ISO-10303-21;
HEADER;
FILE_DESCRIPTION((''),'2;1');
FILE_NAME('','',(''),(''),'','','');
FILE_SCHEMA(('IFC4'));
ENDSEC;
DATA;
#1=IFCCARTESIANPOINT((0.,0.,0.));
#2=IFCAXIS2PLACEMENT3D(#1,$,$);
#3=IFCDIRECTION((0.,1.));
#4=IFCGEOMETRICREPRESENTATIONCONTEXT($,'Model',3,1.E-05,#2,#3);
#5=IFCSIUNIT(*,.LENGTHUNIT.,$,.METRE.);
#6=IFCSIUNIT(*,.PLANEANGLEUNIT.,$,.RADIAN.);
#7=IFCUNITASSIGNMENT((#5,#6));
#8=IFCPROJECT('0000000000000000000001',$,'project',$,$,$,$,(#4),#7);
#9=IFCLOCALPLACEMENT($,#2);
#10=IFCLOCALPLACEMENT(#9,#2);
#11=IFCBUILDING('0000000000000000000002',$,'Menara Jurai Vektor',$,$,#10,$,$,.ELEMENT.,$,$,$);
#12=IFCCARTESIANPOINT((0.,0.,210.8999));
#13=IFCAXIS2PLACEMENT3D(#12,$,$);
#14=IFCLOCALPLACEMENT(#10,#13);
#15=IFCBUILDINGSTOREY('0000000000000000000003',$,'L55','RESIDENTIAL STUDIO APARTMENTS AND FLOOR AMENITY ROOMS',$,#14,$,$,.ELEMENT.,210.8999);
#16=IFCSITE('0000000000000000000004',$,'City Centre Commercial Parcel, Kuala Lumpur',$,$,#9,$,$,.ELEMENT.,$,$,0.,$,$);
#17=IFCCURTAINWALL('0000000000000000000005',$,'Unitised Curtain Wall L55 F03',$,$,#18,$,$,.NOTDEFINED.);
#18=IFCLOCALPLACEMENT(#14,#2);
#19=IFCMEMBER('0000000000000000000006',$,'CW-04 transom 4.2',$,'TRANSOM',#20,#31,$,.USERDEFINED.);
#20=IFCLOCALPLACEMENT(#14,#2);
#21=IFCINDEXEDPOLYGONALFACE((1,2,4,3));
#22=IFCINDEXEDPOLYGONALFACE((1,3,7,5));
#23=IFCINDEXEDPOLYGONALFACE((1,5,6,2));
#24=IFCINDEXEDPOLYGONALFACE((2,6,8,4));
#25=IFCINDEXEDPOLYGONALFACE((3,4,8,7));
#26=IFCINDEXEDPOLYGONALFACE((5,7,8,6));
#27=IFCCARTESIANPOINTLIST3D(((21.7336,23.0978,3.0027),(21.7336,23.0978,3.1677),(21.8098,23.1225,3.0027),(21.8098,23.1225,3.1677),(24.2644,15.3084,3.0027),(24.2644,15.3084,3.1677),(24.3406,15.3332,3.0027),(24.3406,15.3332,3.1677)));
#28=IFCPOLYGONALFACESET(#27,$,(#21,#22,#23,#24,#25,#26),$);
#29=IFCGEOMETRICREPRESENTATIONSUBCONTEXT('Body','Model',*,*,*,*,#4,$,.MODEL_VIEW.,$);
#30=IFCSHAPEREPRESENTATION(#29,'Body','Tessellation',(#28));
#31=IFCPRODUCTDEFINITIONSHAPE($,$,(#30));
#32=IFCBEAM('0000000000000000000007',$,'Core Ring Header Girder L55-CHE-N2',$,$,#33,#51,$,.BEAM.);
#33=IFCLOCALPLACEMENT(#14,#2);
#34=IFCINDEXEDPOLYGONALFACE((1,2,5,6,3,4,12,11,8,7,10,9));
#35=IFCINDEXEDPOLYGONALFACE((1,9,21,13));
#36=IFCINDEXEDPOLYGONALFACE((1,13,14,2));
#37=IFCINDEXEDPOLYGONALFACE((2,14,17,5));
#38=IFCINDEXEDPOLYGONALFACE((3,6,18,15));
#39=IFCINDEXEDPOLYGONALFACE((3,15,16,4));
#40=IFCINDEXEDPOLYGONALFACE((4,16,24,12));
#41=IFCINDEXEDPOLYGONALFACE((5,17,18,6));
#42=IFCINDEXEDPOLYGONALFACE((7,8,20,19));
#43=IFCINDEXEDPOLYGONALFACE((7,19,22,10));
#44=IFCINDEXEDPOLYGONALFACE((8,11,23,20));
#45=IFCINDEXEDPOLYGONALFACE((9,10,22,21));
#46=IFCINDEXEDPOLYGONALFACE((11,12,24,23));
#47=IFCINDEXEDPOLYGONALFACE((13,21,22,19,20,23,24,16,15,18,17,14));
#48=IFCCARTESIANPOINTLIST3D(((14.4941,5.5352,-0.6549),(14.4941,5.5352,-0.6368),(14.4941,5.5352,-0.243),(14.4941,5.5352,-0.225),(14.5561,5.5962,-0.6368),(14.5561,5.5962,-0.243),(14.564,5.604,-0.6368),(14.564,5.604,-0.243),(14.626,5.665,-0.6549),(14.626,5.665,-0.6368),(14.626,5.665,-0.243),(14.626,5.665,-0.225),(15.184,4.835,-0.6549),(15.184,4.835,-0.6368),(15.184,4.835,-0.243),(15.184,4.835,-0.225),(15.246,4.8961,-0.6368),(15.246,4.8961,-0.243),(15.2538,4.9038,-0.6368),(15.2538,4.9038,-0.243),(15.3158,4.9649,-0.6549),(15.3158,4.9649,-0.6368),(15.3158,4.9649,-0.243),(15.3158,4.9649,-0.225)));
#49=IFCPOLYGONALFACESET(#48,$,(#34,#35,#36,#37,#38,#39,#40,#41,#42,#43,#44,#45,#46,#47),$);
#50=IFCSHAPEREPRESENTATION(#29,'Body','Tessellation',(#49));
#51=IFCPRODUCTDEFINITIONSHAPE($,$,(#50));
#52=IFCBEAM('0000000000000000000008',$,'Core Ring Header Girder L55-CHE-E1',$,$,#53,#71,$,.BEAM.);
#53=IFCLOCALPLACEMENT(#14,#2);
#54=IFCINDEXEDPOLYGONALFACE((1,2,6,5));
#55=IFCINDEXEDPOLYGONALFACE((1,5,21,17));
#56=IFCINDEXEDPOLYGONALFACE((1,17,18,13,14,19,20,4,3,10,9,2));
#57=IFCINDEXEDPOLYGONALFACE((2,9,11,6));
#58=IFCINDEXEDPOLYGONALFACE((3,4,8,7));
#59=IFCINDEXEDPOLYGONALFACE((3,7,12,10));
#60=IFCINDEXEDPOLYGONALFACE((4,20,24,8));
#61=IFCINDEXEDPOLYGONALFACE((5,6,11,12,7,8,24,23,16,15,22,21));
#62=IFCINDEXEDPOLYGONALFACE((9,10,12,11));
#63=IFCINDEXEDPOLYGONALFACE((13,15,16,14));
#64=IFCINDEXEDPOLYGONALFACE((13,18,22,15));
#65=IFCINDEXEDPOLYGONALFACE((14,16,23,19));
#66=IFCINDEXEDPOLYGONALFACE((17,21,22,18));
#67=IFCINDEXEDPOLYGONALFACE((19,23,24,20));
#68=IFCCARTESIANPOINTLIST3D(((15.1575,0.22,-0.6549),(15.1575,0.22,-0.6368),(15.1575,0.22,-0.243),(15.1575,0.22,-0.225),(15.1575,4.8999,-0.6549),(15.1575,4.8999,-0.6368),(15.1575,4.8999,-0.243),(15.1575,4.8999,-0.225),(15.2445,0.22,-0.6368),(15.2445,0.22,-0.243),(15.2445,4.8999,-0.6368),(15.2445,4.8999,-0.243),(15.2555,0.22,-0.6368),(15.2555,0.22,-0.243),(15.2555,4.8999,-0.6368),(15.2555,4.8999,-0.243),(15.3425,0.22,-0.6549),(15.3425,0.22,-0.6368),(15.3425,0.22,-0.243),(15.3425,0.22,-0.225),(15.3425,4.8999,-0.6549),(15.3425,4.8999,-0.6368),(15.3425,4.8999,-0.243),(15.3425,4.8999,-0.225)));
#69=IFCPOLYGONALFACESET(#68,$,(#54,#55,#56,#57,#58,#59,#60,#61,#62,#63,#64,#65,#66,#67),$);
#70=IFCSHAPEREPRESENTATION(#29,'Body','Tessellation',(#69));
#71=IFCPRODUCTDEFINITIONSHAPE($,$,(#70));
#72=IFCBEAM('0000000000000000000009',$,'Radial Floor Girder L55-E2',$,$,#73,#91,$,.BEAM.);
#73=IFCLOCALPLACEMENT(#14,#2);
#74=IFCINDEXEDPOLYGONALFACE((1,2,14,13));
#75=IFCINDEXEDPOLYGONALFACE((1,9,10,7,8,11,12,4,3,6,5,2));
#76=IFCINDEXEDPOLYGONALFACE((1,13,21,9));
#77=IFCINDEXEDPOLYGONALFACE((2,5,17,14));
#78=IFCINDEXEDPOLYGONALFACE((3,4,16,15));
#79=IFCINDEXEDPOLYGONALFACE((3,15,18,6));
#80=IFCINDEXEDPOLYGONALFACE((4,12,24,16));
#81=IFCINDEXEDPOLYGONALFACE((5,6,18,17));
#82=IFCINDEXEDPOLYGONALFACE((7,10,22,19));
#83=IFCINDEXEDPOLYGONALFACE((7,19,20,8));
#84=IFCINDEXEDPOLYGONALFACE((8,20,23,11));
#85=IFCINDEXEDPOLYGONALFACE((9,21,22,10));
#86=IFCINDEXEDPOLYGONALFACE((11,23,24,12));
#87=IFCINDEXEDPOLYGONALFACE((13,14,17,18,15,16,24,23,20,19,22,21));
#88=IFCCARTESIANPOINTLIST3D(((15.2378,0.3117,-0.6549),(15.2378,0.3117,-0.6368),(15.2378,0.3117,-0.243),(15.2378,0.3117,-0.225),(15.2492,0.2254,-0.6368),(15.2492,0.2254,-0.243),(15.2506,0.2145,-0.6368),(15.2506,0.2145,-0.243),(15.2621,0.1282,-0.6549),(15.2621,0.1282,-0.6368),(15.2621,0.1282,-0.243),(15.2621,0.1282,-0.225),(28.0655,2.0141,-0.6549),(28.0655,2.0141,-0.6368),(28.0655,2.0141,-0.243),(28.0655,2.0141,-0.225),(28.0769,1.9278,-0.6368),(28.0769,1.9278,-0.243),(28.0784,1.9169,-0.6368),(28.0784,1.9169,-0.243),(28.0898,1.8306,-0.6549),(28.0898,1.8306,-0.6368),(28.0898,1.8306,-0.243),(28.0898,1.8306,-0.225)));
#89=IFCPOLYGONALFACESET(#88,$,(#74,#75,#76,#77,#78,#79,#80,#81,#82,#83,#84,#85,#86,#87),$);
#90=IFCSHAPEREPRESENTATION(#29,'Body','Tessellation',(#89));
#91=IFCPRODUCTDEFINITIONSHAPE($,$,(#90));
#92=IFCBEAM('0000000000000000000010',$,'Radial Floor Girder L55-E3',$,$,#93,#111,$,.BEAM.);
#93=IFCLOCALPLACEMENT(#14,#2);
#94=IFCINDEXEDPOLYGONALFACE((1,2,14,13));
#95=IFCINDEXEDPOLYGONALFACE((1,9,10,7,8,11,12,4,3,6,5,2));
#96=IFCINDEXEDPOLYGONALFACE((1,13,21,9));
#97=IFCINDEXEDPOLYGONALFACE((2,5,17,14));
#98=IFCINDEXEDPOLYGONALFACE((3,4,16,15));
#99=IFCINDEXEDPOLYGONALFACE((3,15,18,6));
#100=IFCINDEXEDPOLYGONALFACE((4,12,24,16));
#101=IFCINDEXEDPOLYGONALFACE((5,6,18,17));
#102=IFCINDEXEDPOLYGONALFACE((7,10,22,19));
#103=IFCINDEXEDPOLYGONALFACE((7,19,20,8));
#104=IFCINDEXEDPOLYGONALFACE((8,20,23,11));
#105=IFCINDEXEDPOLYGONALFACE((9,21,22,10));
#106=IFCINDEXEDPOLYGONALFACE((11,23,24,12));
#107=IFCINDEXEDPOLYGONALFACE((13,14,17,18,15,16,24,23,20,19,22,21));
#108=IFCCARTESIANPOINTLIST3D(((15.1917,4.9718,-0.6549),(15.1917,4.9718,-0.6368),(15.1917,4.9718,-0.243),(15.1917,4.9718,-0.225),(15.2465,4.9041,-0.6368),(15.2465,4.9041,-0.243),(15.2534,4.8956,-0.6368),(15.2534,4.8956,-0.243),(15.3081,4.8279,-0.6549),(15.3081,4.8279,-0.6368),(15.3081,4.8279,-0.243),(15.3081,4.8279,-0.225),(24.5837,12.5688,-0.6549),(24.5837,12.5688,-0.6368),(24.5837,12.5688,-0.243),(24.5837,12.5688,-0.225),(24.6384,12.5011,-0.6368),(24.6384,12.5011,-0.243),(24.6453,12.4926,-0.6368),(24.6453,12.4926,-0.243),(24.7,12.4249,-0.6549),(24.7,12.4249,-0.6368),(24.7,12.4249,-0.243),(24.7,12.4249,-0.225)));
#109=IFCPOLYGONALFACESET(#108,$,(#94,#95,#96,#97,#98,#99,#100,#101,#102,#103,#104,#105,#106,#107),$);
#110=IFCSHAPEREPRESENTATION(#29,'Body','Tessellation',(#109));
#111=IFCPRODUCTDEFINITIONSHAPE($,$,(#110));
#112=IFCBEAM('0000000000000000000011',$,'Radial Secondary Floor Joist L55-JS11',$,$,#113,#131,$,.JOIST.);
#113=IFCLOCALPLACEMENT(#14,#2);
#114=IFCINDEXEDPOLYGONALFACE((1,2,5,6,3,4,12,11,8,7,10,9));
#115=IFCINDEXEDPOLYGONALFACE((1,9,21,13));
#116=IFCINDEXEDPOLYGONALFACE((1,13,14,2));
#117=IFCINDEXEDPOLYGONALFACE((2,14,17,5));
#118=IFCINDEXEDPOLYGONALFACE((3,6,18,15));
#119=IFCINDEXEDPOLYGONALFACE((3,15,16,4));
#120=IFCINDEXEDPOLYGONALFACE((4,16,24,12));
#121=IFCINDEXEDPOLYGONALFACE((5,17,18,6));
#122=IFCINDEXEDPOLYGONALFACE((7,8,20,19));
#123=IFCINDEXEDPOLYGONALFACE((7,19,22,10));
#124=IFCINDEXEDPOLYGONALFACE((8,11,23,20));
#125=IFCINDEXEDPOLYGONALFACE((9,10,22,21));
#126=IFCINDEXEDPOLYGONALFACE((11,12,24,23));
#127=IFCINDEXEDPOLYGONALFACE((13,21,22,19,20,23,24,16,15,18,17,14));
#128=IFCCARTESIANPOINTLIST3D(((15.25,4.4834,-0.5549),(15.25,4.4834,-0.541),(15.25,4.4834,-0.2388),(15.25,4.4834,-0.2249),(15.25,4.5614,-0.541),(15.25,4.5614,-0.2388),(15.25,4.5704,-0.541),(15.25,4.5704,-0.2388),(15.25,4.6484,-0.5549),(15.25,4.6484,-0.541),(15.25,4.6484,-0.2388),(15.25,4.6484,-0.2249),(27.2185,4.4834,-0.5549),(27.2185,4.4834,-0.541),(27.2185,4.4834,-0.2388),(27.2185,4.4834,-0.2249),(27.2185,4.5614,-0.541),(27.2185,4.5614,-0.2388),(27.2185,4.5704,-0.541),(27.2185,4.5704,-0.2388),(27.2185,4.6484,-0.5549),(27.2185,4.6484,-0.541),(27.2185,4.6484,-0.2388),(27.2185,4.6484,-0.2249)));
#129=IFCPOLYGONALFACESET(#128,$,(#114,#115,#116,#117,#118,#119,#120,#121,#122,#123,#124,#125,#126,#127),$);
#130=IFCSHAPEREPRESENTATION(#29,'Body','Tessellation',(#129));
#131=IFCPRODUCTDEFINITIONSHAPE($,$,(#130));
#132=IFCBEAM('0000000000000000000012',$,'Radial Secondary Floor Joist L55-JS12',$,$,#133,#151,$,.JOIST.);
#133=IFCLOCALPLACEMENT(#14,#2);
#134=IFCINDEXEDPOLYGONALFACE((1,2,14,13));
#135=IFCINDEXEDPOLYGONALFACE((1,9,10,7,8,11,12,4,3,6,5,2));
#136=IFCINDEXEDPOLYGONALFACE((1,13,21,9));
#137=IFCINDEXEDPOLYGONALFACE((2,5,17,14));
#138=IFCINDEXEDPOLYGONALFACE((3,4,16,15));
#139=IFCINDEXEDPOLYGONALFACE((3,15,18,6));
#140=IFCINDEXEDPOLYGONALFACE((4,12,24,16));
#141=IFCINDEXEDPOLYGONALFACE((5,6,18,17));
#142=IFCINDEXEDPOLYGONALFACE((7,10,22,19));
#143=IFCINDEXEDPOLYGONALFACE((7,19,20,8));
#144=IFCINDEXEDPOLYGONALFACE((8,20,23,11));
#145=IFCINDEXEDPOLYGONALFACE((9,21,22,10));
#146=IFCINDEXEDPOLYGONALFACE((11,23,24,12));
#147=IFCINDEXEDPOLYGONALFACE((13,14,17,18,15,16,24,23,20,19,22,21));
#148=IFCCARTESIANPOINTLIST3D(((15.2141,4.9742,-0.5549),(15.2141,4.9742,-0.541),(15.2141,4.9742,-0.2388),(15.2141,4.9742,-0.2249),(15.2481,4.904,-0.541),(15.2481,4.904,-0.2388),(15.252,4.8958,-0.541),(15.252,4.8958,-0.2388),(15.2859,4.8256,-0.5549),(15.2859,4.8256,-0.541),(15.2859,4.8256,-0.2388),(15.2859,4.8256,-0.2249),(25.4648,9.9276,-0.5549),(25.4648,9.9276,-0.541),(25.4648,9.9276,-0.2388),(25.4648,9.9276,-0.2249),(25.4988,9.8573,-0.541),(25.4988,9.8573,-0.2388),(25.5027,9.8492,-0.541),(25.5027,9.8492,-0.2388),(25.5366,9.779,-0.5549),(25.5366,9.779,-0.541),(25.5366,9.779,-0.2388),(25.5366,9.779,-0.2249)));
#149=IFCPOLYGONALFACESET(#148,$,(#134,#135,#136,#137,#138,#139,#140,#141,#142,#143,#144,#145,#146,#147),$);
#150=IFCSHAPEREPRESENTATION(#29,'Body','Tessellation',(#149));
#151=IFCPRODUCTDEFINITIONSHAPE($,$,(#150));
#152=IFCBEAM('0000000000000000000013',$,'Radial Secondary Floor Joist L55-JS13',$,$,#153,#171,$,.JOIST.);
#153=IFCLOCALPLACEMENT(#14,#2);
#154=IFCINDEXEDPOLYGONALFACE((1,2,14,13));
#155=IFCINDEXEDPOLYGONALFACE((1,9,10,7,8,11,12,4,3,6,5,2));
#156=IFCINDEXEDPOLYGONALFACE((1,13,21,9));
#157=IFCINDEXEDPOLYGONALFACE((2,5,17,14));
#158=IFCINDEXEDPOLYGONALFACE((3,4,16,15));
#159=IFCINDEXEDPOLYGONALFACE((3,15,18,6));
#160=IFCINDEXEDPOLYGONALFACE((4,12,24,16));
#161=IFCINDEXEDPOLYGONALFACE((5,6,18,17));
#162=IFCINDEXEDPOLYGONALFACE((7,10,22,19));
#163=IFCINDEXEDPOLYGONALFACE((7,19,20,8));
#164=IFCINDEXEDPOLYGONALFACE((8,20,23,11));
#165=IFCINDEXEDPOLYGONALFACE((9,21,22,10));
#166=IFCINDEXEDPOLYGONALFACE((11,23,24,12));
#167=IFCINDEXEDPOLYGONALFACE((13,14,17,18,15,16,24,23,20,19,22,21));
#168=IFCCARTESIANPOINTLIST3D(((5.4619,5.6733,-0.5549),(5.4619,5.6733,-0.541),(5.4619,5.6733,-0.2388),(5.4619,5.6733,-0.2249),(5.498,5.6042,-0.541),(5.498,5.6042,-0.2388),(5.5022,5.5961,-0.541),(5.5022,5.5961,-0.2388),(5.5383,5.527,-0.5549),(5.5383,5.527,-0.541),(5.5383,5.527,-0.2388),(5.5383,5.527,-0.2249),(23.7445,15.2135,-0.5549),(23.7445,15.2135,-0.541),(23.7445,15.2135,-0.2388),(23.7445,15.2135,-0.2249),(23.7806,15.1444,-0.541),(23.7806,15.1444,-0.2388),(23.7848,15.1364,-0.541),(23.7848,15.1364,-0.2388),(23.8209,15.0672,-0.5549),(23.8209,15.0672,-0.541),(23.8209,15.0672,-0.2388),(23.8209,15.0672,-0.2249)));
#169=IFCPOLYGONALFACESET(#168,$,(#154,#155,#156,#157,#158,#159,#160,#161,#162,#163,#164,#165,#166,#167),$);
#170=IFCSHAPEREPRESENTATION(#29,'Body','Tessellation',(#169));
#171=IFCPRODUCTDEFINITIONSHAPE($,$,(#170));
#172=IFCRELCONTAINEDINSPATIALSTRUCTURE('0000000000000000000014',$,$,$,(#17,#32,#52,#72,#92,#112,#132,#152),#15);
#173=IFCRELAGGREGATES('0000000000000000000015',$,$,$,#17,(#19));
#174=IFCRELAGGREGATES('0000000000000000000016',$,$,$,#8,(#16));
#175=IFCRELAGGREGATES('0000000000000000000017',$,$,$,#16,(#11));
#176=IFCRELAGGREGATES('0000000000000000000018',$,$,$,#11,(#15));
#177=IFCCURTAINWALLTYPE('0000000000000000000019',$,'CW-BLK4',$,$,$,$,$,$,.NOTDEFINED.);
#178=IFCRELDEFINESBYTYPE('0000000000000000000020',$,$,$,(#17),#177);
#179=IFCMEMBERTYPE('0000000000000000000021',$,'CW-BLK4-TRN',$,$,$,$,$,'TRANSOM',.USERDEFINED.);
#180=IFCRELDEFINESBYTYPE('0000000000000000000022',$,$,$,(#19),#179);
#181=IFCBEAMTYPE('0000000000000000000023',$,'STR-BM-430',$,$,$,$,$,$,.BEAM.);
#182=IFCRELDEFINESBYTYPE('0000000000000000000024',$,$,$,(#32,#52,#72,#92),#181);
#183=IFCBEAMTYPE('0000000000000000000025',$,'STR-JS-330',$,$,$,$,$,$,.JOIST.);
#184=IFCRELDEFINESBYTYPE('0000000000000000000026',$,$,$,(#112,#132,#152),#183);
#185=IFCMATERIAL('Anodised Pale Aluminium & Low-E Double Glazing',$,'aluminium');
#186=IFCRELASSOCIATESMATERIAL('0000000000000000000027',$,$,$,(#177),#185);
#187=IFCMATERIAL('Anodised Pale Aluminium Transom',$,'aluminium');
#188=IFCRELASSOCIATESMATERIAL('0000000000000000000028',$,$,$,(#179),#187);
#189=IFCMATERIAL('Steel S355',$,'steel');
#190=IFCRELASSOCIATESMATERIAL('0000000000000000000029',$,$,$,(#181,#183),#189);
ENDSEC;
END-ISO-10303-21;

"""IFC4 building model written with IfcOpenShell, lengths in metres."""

from ifc_helpers import new_model, si_unit, direction, frame, origin, origin_2d, place, context, subcontext, project, spatial, rectangle, i_section, extrude, material, material_profile, profile_set, type_object, element, aggregate, save


model = new_model("IFC4")

# Units and contexts
model_context = context("Model", 3, precision=1e-05, world=origin(), true_north=direction((0.0, 1.0)))
body_context = subcontext(model_context, "Body", "Model", "MODEL_VIEW")
ifc_project = project(units=[si_unit("LENGTHUNIT", "METRE"), si_unit("PLANEANGLEUNIT", "RADIAN")], contexts=[model_context])

# Site, building, storey
site_placement = place(None, origin())
site = spatial("IfcSite", under=ifc_project, at=site_placement, Name="City Centre Commercial Parcel, Kuala Lumpur", CompositionType="ELEMENT", RefElevation=0.0)
building_placement = place(site_placement, origin())
building = spatial("IfcBuilding", under=site, at=building_placement, Name="Menara Jurai Vektor", CompositionType="ELEMENT")
storey_placement = place(building_placement, frame((0.0, 0.0, 210.8999)))
storey = spatial("IfcBuildingStorey", under=building, at=storey_placement, Name="L55", Description="RESIDENTIAL STUDIO APARTMENTS AND FLOOR AMENITY ROOMS", CompositionType="ELEMENT", Elevation=210.8999)

# Curtain wall, member
ifc_material_1 = material(Name="Anodised Pale Aluminium & Low-E Double Glazing", Category="aluminium")
curtain_wall_type = type_object("IfcCurtainWallType", Name="CW-BLK4", PredefinedType="NOTDEFINED", material=ifc_material_1)
curtain_wall_placement = place(storey_placement, origin())
curtain_wall = element("IfcCurtainWall", 1, at=curtain_wall_placement, inside=storey, type_object=curtain_wall_type, Name="Unitised Curtain Wall L55 F03", PredefinedType="NOTDEFINED")
ifc_material_2 = material(Name="Anodised Pale Aluminium Transom", Category="aluminium")
ifc_material_profile_1 = material_profile(ifc_material_2, rectangle(XDim=0.0801, YDim=0.165, at=origin_2d()), Name="ALU TRN 80x165")
ifc_profile_set_1 = profile_set([ifc_material_profile_1], Name="Anodised Pale Aluminium Transom")
member_type_1 = type_object("IfcMemberType", Name="CW-BLK4-TRN", ElementType="TRANSOM", PredefinedType="USERDEFINED", material=ifc_profile_set_1)
member_1_placement = place(storey_placement, frame((24.3025, 15.3208, 3.0852), z_axis=(-0.309002, 0.951061, 0.0), x_axis=(-0.951061, -0.309002, 0.0)))
member_1 = element("IfcMember", 2, at=member_1_placement, type_object=member_type_1, Name="CW-04 transom 4.2", ObjectType="TRANSOM", PredefinedType="USERDEFINED", context=body_context, shape_type="SweptSolid", body=[
    extrude(rectangle(XDim=0.0801, YDim=0.165, at=origin_2d()), origin(), (0.0, 0.0, 1.0), 8.1902),
])

# Beams
ifc_material_3 = material(Name="Steel S355", Category="steel")
ifc_material_profile_2 = material_profile(ifc_material_3, i_section(OverallWidth=0.1851, OverallDepth=0.4299, WebThickness=0.011, FlangeThickness=0.0181, at=origin_2d()), Name="PG 430x185x76")
ifc_profile_set_2 = profile_set([ifc_material_profile_2], Name="Steel S355")
beam_type_1 = type_object("IfcBeamType", Name="STR-BM-430", PredefinedType="BEAM", material=ifc_profile_set_2)
beam_1_placement = place(storey_placement, frame((14.5601, 5.6001, -0.4399), z_axis=(0.701872, -0.712303, 0.0), x_axis=(0.712303, 0.701872, 0.0)))
element("IfcBeam", 3, at=beam_1_placement, inside=storey, type_object=beam_type_1, Name="Core Ring Header Girder L55-CHE-N2", PredefinedType="BEAM", context=body_context, shape_type="SweptSolid", body=[
    extrude(i_section(OverallWidth=0.1851, OverallDepth=0.4299, WebThickness=0.011, FlangeThickness=0.0181, at=origin_2d()), origin(), (0.0, 0.0, 1.0), 0.9829),
])
beam_2_placement = place(storey_placement, frame((15.25, 0.22, -0.4399), z_axis=(0.0, 1.0, 0.0), x_axis=(-1.0, 0.0, 0.0)))
element("IfcBeam", 4, at=beam_2_placement, inside=storey, type_object=beam_type_1, Name="Core Ring Header Girder L55-CHE-E1", PredefinedType="BEAM", context=body_context, shape_type="SweptSolid", body=[
    extrude(i_section(OverallWidth=0.1851, OverallDepth=0.4299, WebThickness=0.011, FlangeThickness=0.0181, at=origin_2d()), origin(), (0.0, 0.0, 1.0), 4.6799),
])
beam_3_placement = place(storey_placement, frame((28.0776, 1.9224, -0.4399), z_axis=(-0.991308, -0.131559, 0.0), x_axis=(0.131559, -0.991308, 0.0)))
element("IfcBeam", 5, at=beam_3_placement, inside=storey, type_object=beam_type_1, Name="Radial Floor Girder L55-E2", PredefinedType="BEAM", context=body_context, shape_type="SweptSolid", body=[
    extrude(i_section(OverallWidth=0.1851, OverallDepth=0.4299, WebThickness=0.011, FlangeThickness=0.0181, at=origin_2d()), origin(), (0.0, 0.0, 1.0), 12.9402),
])
beam_4_placement = place(storey_placement, frame((24.6418, 12.4968, -0.4399), z_axis=(-0.777488, -0.628898, 0.0), x_axis=(0.628898, -0.777488, 0.0)))
element("IfcBeam", 6, at=beam_4_placement, inside=storey, type_object=beam_type_1, Name="Radial Floor Girder L55-E3", PredefinedType="BEAM", context=body_context, shape_type="SweptSolid", body=[
    extrude(i_section(OverallWidth=0.1851, OverallDepth=0.4299, WebThickness=0.011, FlangeThickness=0.0181, at=origin_2d()), origin(), (0.0, 0.0, 1.0), 12.0798),
])
ifc_material_profile_3 = material_profile(ifc_material_3, i_section(OverallWidth=0.165, OverallDepth=0.3301, WebThickness=0.009, FlangeThickness=0.0139, at=origin_2d()), Name="PG 330x165x46")
ifc_profile_set_3 = profile_set([ifc_material_profile_3], Name="Steel S355")
beam_type_2 = type_object("IfcBeamType", Name="STR-JS-330", PredefinedType="JOIST", material=ifc_profile_set_3)
beam_5_placement = place(storey_placement, frame((27.2185, 4.5659, -0.3899), z_axis=(-1.0, 0.0, 0.0), x_axis=(0.0, -1.0, 0.0)))
element("IfcBeam", 7, at=beam_5_placement, inside=storey, type_object=beam_type_2, Name="Radial Secondary Floor Joist L55-JS11", PredefinedType="JOIST", context=body_context, shape_type="SweptSolid", body=[
    extrude(i_section(OverallWidth=0.165, OverallDepth=0.3301, WebThickness=0.009, FlangeThickness=0.0139, at=origin_2d()), origin(), (0.0, 0.0, 1.0), 11.9685),
])
beam_6_placement = place(storey_placement, frame((25.5007, 9.8533, -0.3899), z_axis=(-0.900389, -0.435087, 0.0), x_axis=(0.435087, -0.900389, 0.0)))
element("IfcBeam", 8, at=beam_6_placement, inside=storey, type_object=beam_type_2, Name="Radial Secondary Floor Joist L55-JS12", PredefinedType="JOIST", context=body_context, shape_type="SweptSolid", body=[
    extrude(i_section(OverallWidth=0.165, OverallDepth=0.3301, WebThickness=0.009, FlangeThickness=0.0139, at=origin_2d()), origin(), (0.0, 0.0, 1.0), 11.3848),
])
beam_7_placement = place(storey_placement, frame((23.7827, 15.1404, -0.3899), z_axis=(-0.886556, -0.462622, 0.0), x_axis=(0.462622, -0.886556, 0.0)))
element("IfcBeam", 9, at=beam_7_placement, inside=storey, type_object=beam_type_2, Name="Radial Secondary Floor Joist L55-JS13", PredefinedType="JOIST", context=body_context, shape_type="SweptSolid", body=[
    extrude(i_section(OverallWidth=0.165, OverallDepth=0.3301, WebThickness=0.009, FlangeThickness=0.0139, at=origin_2d()), origin(), (0.0, 0.0, 1.0), 20.6221),
])

aggregate(curtain_wall, [member_1])

save(model, "model.ifc")
